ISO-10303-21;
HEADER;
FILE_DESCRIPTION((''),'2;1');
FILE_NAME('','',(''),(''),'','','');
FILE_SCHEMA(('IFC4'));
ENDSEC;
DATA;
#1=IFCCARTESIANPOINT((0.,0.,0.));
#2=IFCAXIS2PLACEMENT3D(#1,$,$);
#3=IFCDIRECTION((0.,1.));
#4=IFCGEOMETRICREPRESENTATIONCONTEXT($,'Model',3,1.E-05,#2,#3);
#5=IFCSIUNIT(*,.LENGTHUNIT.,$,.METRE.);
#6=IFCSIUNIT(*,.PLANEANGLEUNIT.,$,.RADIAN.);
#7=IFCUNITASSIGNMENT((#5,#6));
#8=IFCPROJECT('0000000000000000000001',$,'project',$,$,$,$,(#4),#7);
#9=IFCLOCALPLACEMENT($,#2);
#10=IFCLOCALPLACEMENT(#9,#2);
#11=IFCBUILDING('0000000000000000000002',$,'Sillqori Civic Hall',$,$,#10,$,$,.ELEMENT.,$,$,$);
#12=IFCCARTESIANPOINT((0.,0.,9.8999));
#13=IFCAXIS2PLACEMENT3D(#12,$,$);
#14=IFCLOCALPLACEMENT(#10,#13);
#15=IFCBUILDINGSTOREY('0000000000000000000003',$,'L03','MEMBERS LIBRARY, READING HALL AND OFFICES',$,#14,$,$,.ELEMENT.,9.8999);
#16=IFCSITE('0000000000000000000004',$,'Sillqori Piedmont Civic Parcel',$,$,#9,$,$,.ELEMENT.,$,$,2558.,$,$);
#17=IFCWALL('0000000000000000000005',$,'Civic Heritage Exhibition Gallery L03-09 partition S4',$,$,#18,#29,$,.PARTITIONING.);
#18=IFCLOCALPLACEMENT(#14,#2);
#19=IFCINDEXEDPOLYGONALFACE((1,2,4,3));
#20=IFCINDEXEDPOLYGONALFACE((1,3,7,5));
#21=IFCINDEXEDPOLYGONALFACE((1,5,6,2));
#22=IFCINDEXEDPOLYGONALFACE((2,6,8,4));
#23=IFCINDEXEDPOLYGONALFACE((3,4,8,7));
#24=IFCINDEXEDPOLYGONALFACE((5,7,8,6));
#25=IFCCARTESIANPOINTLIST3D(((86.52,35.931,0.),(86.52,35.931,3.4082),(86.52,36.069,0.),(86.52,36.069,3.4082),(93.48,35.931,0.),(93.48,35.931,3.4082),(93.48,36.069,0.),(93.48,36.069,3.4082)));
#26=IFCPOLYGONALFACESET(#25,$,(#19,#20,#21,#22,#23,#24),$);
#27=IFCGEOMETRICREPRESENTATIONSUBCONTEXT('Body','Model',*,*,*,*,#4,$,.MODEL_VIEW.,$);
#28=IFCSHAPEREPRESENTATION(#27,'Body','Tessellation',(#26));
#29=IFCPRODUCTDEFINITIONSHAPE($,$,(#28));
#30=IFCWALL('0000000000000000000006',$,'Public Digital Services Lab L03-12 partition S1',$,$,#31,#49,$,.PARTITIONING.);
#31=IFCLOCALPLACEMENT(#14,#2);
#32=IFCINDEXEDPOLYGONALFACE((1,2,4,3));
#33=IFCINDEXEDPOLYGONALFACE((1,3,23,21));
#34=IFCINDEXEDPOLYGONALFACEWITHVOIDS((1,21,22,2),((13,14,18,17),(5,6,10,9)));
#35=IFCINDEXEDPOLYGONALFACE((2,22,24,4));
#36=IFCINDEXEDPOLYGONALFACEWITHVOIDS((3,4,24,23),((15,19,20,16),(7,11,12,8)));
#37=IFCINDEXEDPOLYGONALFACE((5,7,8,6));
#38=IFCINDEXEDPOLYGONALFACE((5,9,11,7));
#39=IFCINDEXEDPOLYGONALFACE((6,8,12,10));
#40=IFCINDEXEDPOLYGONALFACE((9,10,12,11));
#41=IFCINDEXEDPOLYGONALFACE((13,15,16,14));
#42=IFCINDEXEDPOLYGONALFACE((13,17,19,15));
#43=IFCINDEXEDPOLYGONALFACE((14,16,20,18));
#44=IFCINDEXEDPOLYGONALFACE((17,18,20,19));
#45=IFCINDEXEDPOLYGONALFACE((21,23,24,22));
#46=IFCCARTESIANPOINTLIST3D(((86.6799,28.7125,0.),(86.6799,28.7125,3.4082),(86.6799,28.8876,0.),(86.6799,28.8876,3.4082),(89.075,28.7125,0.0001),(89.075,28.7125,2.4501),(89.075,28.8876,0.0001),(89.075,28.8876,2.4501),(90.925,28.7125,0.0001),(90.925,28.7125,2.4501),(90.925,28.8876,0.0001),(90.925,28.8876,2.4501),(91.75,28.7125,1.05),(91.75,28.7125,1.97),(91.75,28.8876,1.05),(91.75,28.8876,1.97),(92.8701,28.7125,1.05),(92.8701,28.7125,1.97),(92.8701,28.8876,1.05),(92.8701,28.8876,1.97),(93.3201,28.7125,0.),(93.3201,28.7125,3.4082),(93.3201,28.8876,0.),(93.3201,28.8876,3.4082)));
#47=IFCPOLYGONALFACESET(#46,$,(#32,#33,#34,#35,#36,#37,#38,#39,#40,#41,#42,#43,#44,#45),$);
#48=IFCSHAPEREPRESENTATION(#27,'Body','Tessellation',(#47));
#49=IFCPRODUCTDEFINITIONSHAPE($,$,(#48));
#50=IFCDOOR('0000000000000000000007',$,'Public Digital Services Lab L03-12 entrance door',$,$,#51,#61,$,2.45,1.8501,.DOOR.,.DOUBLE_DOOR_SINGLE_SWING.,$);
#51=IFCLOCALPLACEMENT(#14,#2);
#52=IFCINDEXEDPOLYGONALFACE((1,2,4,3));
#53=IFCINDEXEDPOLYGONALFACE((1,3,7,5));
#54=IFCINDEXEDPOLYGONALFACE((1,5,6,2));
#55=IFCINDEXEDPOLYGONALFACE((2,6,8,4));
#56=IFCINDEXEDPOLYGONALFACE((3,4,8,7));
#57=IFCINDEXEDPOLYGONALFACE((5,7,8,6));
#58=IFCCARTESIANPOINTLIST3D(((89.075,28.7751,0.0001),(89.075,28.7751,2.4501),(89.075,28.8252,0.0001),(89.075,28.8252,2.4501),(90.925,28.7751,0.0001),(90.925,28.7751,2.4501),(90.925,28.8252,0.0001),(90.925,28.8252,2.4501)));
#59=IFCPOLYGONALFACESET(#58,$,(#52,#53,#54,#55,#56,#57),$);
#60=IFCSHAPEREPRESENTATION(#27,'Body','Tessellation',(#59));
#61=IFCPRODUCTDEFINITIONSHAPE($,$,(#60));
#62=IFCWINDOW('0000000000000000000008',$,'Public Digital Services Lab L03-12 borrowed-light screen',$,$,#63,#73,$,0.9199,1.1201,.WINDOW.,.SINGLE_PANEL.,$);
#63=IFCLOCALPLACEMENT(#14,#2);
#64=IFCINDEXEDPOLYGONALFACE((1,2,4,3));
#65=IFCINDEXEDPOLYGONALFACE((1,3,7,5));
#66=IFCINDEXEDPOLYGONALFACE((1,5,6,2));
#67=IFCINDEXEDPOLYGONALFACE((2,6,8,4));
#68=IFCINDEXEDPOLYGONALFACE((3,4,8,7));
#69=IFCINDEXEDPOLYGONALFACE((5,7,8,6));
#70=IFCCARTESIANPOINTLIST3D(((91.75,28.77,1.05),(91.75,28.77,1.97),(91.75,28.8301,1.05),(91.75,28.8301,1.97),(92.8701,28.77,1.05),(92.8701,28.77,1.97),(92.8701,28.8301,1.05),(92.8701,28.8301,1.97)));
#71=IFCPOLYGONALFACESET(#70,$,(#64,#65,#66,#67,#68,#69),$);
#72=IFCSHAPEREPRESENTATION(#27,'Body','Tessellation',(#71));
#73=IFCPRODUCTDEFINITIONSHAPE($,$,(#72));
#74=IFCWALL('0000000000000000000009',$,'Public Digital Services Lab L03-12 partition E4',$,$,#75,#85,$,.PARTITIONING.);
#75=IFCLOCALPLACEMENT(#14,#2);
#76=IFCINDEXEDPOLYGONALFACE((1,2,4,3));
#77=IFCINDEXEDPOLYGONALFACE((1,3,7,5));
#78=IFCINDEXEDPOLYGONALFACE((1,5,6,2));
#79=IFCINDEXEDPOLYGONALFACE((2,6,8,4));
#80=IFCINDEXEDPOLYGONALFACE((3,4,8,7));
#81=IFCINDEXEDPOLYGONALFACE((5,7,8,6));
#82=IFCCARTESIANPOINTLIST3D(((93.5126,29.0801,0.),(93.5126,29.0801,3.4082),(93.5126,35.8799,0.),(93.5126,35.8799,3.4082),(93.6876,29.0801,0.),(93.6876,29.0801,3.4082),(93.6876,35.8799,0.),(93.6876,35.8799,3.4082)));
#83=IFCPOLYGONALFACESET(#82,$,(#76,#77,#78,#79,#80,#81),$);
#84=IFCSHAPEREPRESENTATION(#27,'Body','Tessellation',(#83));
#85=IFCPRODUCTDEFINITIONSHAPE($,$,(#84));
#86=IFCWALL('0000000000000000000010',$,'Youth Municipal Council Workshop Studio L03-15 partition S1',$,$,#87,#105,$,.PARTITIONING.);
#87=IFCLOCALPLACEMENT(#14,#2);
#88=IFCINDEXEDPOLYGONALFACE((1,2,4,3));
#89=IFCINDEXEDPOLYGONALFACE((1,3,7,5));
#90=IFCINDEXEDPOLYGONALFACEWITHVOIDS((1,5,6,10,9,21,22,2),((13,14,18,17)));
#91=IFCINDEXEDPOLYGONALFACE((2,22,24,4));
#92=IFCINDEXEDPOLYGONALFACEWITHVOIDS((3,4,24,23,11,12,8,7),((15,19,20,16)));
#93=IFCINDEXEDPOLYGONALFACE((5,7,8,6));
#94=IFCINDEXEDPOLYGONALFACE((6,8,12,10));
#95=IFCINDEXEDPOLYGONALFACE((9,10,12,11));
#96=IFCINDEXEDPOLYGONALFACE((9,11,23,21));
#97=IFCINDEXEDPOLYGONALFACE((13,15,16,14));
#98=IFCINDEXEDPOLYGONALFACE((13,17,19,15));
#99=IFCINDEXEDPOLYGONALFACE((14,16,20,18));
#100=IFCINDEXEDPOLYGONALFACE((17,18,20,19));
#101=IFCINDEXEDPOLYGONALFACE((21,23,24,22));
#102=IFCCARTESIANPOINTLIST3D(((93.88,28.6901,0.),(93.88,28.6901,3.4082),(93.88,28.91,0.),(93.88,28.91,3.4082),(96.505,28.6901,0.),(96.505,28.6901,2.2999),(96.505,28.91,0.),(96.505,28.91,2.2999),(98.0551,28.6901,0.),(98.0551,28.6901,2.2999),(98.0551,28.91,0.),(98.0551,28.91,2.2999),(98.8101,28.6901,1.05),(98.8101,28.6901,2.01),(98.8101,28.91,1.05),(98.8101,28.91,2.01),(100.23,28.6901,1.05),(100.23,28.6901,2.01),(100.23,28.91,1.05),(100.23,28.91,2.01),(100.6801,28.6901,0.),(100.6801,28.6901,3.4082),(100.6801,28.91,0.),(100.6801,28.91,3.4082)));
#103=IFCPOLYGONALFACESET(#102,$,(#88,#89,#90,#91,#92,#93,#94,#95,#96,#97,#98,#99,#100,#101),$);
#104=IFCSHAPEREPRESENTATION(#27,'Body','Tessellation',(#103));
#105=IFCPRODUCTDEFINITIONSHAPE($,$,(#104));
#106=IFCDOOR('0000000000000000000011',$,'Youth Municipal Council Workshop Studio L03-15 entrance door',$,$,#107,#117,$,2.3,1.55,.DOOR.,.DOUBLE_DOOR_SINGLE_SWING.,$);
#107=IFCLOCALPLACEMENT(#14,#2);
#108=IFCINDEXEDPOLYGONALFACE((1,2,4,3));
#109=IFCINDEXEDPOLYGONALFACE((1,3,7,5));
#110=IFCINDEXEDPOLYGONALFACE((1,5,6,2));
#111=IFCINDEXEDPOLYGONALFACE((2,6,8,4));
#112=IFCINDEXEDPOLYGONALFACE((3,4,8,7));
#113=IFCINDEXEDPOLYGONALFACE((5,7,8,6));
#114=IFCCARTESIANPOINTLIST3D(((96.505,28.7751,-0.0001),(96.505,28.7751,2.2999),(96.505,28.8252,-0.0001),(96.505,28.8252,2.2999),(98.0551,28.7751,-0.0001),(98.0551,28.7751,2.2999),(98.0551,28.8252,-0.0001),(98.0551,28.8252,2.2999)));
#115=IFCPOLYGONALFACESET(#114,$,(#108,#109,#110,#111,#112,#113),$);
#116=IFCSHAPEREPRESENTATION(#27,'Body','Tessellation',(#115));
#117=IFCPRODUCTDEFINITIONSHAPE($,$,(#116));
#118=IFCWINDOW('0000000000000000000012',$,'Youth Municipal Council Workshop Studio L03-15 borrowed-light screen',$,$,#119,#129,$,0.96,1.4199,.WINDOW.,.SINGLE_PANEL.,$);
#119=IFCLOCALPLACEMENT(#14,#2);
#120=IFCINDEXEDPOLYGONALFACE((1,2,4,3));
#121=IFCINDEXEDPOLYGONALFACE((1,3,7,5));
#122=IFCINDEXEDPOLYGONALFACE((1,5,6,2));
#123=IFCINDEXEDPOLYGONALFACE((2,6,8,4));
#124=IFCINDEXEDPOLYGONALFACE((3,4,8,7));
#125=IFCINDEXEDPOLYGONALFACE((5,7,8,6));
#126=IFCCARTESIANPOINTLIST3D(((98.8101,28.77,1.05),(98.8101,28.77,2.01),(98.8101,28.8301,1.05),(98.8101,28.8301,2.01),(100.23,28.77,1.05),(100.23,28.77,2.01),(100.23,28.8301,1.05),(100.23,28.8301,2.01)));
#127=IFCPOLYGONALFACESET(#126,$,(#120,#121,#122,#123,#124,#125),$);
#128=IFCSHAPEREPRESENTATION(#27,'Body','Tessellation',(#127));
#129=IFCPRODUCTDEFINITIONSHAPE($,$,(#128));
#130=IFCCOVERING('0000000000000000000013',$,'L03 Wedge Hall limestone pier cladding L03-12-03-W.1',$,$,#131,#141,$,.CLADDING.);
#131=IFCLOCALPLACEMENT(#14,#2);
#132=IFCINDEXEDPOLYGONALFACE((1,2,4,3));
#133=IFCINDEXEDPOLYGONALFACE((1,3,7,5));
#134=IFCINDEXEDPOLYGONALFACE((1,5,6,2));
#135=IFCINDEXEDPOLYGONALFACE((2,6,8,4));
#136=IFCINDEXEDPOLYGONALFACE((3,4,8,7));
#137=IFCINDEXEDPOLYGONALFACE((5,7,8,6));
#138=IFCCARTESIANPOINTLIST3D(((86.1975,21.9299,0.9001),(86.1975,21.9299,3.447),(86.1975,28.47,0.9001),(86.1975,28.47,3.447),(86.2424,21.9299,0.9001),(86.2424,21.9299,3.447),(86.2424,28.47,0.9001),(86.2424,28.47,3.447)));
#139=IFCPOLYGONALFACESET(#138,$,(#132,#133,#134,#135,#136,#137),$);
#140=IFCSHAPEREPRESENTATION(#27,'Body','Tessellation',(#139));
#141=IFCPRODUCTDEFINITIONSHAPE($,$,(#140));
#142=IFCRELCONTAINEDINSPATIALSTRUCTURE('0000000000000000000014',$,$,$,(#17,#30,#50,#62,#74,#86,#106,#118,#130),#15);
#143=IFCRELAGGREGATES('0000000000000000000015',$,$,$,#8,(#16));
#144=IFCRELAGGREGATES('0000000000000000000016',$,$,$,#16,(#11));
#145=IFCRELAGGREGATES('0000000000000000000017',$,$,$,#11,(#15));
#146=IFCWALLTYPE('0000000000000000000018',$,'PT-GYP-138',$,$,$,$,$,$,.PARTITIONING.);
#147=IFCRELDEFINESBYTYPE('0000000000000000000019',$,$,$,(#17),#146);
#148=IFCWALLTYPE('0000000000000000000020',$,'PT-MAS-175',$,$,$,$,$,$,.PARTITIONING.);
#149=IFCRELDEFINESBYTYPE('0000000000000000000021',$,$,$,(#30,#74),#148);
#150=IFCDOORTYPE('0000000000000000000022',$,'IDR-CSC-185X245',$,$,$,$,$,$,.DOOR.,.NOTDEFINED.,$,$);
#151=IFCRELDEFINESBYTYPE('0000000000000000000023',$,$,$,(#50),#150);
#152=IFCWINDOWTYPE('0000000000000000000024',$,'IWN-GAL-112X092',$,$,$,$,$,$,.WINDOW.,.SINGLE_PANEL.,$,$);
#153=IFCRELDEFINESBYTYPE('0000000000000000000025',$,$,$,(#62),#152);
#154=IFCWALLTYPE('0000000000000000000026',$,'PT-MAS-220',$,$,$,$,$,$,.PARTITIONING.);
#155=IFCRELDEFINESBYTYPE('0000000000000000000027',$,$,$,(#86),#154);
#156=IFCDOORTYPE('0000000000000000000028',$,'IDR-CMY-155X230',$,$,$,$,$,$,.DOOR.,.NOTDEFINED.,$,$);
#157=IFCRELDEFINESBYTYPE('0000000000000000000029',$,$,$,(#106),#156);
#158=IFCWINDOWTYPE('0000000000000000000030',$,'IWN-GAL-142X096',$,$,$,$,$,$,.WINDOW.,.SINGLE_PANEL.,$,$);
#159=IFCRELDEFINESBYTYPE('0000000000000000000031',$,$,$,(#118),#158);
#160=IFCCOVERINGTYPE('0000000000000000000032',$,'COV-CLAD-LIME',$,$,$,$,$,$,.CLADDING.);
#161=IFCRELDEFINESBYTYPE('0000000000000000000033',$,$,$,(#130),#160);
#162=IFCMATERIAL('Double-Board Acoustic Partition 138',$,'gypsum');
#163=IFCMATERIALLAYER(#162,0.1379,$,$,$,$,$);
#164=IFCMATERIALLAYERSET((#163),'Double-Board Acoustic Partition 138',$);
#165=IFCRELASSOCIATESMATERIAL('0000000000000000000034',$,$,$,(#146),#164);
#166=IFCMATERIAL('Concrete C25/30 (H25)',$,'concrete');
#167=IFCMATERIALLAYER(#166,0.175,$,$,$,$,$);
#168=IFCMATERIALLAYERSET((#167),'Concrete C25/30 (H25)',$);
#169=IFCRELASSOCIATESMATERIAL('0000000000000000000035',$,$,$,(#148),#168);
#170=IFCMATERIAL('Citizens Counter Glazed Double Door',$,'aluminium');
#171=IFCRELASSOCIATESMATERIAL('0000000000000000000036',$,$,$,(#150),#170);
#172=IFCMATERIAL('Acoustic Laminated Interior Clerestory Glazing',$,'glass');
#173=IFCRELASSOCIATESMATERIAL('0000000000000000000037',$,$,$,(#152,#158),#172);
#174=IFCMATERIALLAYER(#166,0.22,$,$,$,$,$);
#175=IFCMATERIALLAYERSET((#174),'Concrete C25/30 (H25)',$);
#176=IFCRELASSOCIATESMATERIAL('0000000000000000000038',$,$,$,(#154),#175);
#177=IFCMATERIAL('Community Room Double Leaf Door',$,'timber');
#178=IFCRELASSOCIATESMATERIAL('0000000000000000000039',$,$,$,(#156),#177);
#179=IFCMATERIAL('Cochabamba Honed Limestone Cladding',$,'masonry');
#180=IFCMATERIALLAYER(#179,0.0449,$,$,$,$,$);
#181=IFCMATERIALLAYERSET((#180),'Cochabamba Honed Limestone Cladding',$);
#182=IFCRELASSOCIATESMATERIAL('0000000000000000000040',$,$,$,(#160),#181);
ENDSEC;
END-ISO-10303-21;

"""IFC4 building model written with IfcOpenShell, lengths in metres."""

from ifc_helpers import new_model, si_unit, direction, frame, frame_2d, origin, place, context, subcontext, project, spatial, rectangle, extrude, material, layer, layer_set, type_object, element, fill, save


model = new_model("IFC4")

# Units and contexts
model_context = context("Model", 3, precision=1e-05, world=origin(), true_north=direction((0.0, 1.0)))
body_context = subcontext(model_context, "Body", "Model", "MODEL_VIEW")
ifc_project = project(units=[si_unit("LENGTHUNIT", "METRE"), si_unit("PLANEANGLEUNIT", "RADIAN")], contexts=[model_context])

# Site, building, storey
site_placement = place(None, origin())
site = spatial("IfcSite", under=ifc_project, at=site_placement, Name="Sillqori Piedmont Civic Parcel", CompositionType="ELEMENT", RefElevation=2558.0)
building_placement = place(site_placement, origin())
building = spatial("IfcBuilding", under=site, at=building_placement, Name="Sillqori Civic Hall", CompositionType="ELEMENT")
storey_placement = place(building_placement, frame((0.0, 0.0, 9.8999)))
storey = spatial("IfcBuildingStorey", under=building, at=storey_placement, Name="L03", Description="MEMBERS LIBRARY, READING HALL AND OFFICES", CompositionType="ELEMENT", Elevation=9.8999)

# Wall
ifc_material_1 = material(Name="Double-Board Acoustic Partition 138", Category="gypsum")
ifc_layer_1 = layer(ifc_material_1, 0.1379)
ifc_layer_set_1 = layer_set([ifc_layer_1], Name="Double-Board Acoustic Partition 138")
wall_type_1 = type_object("IfcWallType", Name="PT-GYP-138", PredefinedType="PARTITIONING", material=ifc_layer_set_1)
wall_1_placement = place(storey_placement, frame((93.48, 36.0, 0.0), z_axis=(0.0, 0.0, 1.0), x_axis=(-1.0, 0.0, 0.0)))
element("IfcWall", 1, at=wall_1_placement, inside=storey, type_object=wall_type_1, Name="Civic Heritage Exhibition Gallery L03-09 partition S4", PredefinedType="PARTITIONING", context=body_context, shape_type="SweptSolid", body=[
    extrude(rectangle(XDim=6.96, YDim=0.1379, at=frame_2d((3.48, 0.0))), origin(), (0.0, 0.0, 1.0), 3.4082),
])

# Wall, openings, door, window
ifc_material_2 = material(Name="Concrete C25/30 (H25)", Category="concrete")
ifc_layer_2 = layer(ifc_material_2, 0.175)
ifc_layer_set_2 = layer_set([ifc_layer_2], Name="Concrete C25/30 (H25)")
wall_type_2 = type_object("IfcWallType", Name="PT-MAS-175", PredefinedType="PARTITIONING", material=ifc_layer_set_2)
wall_2_placement = place(storey_placement, frame((93.3201, 28.8, 0.0), z_axis=(0.0, 0.0, 1.0), x_axis=(-1.0, 0.0, 0.0)))
wall_2 = element("IfcWall", 2, at=wall_2_placement, inside=storey, type_object=wall_type_2, Name="Public Digital Services Lab L03-12 partition S1", PredefinedType="PARTITIONING", context=body_context, shape_type="SweptSolid", body=[
    extrude(rectangle(XDim=6.6401, YDim=0.175, at=frame_2d((3.3201, 0.0))), origin(), (0.0, 0.0, 1.0), 3.4082),
])
opening_1_placement = place(wall_2_placement, frame((2.395, 0.0, 0.0)))
opening_1 = element("IfcOpeningElement", 3, at=opening_1_placement, cuts=wall_2, PredefinedType="OPENING", context=body_context, shape_type="SweptSolid", body=[
    extrude(rectangle(XDim=1.8501, YDim=2.45, at=frame_2d((0.925, 1.2251))), frame((0.0, 0.0974, 0.0), z_axis=(0.0, -1.0, 0.0), x_axis=(1.0, 0.0, 0.0)), (0.0, 0.0, 1.0), 0.1951),
])
opening_2_placement = place(wall_2_placement, frame((0.45, 0.0, 1.05)))
opening_2 = element("IfcOpeningElement", 4, at=opening_2_placement, cuts=wall_2, PredefinedType="OPENING", context=body_context, shape_type="SweptSolid", body=[
    extrude(rectangle(XDim=1.1201, YDim=0.9199, at=frame_2d((0.5601, 0.46))), frame((0.0, 0.0974, 0.0), z_axis=(0.0, -1.0, 0.0), x_axis=(1.0, 0.0, 0.0)), (0.0, 0.0, 1.0), 0.1951),
])
ifc_material_3 = material(Name="Citizens Counter Glazed Double Door", Category="aluminium")
door_type_1 = type_object("IfcDoorType", Name="IDR-CSC-185X245", OperationType="NOTDEFINED", PredefinedType="DOOR", material=ifc_material_3)
door_1_placement = place(opening_1_placement, origin())
door_1 = element("IfcDoor", 5, at=door_1_placement, inside=storey, type_object=door_type_1, Name="Public Digital Services Lab L03-12 entrance door", OperationType="DOUBLE_DOOR_SINGLE_SWING", OverallHeight=2.45, OverallWidth=1.8501, PredefinedType="DOOR", context=body_context, shape_type="SweptSolid", body=[
    extrude(rectangle(XDim=1.8501, YDim=2.45, at=frame_2d((0.925, 1.2251))), frame((0.0, 0.0249, 0.0), z_axis=(0.0, -1.0, 0.0), x_axis=(1.0, 0.0, 0.0)), (0.0, 0.0, 1.0), 0.05),
])
fill(opening_1, door_1)
ifc_material_4 = material(Name="Acoustic Laminated Interior Clerestory Glazing", Category="glass")
window_type_1 = type_object("IfcWindowType", Name="IWN-GAL-112X092", PartitioningType="SINGLE_PANEL", PredefinedType="WINDOW", material=ifc_material_4)
window_1_placement = place(opening_2_placement, origin())
window_1 = element("IfcWindow", 6, at=window_1_placement, inside=storey, type_object=window_type_1, Name="Public Digital Services Lab L03-12 borrowed-light screen", OverallHeight=0.9199, OverallWidth=1.1201, PartitioningType="SINGLE_PANEL", PredefinedType="WINDOW", context=body_context, shape_type="SweptSolid", body=[
    extrude(rectangle(XDim=1.1201, YDim=0.9199, at=frame_2d((0.5601, 0.46))), frame((0.0, 0.03, 0.0), z_axis=(0.0, -1.0, 0.0), x_axis=(1.0, 0.0, 0.0)), (0.0, 0.0, 1.0), 0.0601),
])
fill(opening_2, window_1)

# Wall
wall_3_placement = place(storey_placement, frame((93.6001, 35.8799, 0.0), z_axis=(0.0, 0.0, 1.0), x_axis=(0.0, -1.0, 0.0)))
element("IfcWall", 7, at=wall_3_placement, inside=storey, type_object=wall_type_2, Name="Public Digital Services Lab L03-12 partition E4", PredefinedType="PARTITIONING", context=body_context, shape_type="SweptSolid", body=[
    extrude(rectangle(XDim=6.7998, YDim=0.175, at=frame_2d((3.3999, 0.0))), origin(), (0.0, 0.0, 1.0), 3.4082),
])

# Wall, openings, door, window
ifc_layer_3 = layer(ifc_material_2, 0.22)
ifc_layer_set_3 = layer_set([ifc_layer_3], Name="Concrete C25/30 (H25)")
wall_type_3 = type_object("IfcWallType", Name="PT-MAS-220", PredefinedType="PARTITIONING", material=ifc_layer_set_3)
wall_4_placement = place(storey_placement, frame((100.6799, 28.8, 0.0), z_axis=(0.0, 0.0, 1.0), x_axis=(-1.0, 0.0, 0.0)))
wall_4 = element("IfcWall", 8, at=wall_4_placement, inside=storey, type_object=wall_type_3, Name="Youth Municipal Council Workshop Studio L03-15 partition S1", PredefinedType="PARTITIONING", context=body_context, shape_type="SweptSolid", body=[
    extrude(rectangle(XDim=6.8, YDim=0.22, at=frame_2d((3.3999, 0.0))), origin(), (0.0, 0.0, 1.0), 3.4082),
])
opening_3_placement = place(wall_4_placement, frame((2.625, 0.0, 0.0)))
opening_3 = element("IfcOpeningElement", 9, at=opening_3_placement, cuts=wall_4, PredefinedType="OPENING", context=body_context, shape_type="SweptSolid", body=[
    extrude(rectangle(XDim=1.55, YDim=2.3, at=frame_2d((0.7749, 1.1499))), frame((0.0, 0.1199, 0.0), z_axis=(0.0, -1.0, 0.0), x_axis=(1.0, 0.0, 0.0)), (0.0, 0.0, 1.0), 0.24),
])
opening_4_placement = place(wall_4_placement, frame((0.45, 0.0, 1.05)))
opening_4 = element("IfcOpeningElement", 10, at=opening_4_placement, cuts=wall_4, PredefinedType="OPENING", context=body_context, shape_type="SweptSolid", body=[
    extrude(rectangle(XDim=1.4199, YDim=0.96, at=frame_2d((0.71, 0.48))), frame((0.0, 0.1199, 0.0), z_axis=(0.0, -1.0, 0.0), x_axis=(1.0, 0.0, 0.0)), (0.0, 0.0, 1.0), 0.24),
])
ifc_material_5 = material(Name="Community Room Double Leaf Door", Category="timber")
door_type_2 = type_object("IfcDoorType", Name="IDR-CMY-155X230", OperationType="NOTDEFINED", PredefinedType="DOOR", material=ifc_material_5)
door_2_placement = place(opening_3_placement, origin())
door_2 = element("IfcDoor", 11, at=door_2_placement, inside=storey, type_object=door_type_2, Name="Youth Municipal Council Workshop Studio L03-15 entrance door", OperationType="DOUBLE_DOOR_SINGLE_SWING", OverallHeight=2.3, OverallWidth=1.55, PredefinedType="DOOR", context=body_context, shape_type="SweptSolid", body=[
    extrude(rectangle(XDim=1.55, YDim=2.3, at=frame_2d((0.7749, 1.1499))), frame((0.0, 0.0249, 0.0), z_axis=(0.0, -1.0, 0.0), x_axis=(1.0, 0.0, 0.0)), (0.0, 0.0, 1.0), 0.05),
])
fill(opening_3, door_2)
window_type_2 = type_object("IfcWindowType", Name="IWN-GAL-142X096", PartitioningType="SINGLE_PANEL", PredefinedType="WINDOW", material=ifc_material_4)
window_2_placement = place(opening_4_placement, origin())
window_2 = element("IfcWindow", 12, at=window_2_placement, inside=storey, type_object=window_type_2, Name="Youth Municipal Council Workshop Studio L03-15 borrowed-light screen", OverallHeight=0.96, OverallWidth=1.4199, PartitioningType="SINGLE_PANEL", PredefinedType="WINDOW", context=body_context, shape_type="SweptSolid", body=[
    extrude(rectangle(XDim=1.4199, YDim=0.96, at=frame_2d((0.71, 0.48))), frame((0.0, 0.03, 0.0), z_axis=(0.0, -1.0, 0.0), x_axis=(1.0, 0.0, 0.0)), (0.0, 0.0, 1.0), 0.0601),
])
fill(opening_4, window_2)

# Covering
ifc_material_6 = material(Name="Cochabamba Honed Limestone Cladding", Category="masonry")
ifc_layer_4 = layer(ifc_material_6, 0.0449)
ifc_layer_set_4 = layer_set([ifc_layer_4], Name="Cochabamba Honed Limestone Cladding")
covering_type = type_object("IfcCoveringType", Name="COV-CLAD-LIME", PredefinedType="CLADDING", material=ifc_layer_set_4)
covering_placement = place(storey_placement, frame((86.22, 21.9299, 0.9001), z_axis=(0.0, 0.0, 1.0), x_axis=(0.0, 1.0, 0.0)))
element("IfcCovering", 13, at=covering_placement, inside=storey, type_object=covering_type, Name="L03 Wedge Hall limestone pier cladding L03-12-03-W.1", PredefinedType="CLADDING", context=body_context, shape_type="SweptSolid", body=[
    extrude(rectangle(XDim=6.54, YDim=0.0449, at=frame_2d((3.27, 0.0))), origin(), (0.0, 0.0, 1.0), 2.5469),
])

save(model, "model.ifc")
